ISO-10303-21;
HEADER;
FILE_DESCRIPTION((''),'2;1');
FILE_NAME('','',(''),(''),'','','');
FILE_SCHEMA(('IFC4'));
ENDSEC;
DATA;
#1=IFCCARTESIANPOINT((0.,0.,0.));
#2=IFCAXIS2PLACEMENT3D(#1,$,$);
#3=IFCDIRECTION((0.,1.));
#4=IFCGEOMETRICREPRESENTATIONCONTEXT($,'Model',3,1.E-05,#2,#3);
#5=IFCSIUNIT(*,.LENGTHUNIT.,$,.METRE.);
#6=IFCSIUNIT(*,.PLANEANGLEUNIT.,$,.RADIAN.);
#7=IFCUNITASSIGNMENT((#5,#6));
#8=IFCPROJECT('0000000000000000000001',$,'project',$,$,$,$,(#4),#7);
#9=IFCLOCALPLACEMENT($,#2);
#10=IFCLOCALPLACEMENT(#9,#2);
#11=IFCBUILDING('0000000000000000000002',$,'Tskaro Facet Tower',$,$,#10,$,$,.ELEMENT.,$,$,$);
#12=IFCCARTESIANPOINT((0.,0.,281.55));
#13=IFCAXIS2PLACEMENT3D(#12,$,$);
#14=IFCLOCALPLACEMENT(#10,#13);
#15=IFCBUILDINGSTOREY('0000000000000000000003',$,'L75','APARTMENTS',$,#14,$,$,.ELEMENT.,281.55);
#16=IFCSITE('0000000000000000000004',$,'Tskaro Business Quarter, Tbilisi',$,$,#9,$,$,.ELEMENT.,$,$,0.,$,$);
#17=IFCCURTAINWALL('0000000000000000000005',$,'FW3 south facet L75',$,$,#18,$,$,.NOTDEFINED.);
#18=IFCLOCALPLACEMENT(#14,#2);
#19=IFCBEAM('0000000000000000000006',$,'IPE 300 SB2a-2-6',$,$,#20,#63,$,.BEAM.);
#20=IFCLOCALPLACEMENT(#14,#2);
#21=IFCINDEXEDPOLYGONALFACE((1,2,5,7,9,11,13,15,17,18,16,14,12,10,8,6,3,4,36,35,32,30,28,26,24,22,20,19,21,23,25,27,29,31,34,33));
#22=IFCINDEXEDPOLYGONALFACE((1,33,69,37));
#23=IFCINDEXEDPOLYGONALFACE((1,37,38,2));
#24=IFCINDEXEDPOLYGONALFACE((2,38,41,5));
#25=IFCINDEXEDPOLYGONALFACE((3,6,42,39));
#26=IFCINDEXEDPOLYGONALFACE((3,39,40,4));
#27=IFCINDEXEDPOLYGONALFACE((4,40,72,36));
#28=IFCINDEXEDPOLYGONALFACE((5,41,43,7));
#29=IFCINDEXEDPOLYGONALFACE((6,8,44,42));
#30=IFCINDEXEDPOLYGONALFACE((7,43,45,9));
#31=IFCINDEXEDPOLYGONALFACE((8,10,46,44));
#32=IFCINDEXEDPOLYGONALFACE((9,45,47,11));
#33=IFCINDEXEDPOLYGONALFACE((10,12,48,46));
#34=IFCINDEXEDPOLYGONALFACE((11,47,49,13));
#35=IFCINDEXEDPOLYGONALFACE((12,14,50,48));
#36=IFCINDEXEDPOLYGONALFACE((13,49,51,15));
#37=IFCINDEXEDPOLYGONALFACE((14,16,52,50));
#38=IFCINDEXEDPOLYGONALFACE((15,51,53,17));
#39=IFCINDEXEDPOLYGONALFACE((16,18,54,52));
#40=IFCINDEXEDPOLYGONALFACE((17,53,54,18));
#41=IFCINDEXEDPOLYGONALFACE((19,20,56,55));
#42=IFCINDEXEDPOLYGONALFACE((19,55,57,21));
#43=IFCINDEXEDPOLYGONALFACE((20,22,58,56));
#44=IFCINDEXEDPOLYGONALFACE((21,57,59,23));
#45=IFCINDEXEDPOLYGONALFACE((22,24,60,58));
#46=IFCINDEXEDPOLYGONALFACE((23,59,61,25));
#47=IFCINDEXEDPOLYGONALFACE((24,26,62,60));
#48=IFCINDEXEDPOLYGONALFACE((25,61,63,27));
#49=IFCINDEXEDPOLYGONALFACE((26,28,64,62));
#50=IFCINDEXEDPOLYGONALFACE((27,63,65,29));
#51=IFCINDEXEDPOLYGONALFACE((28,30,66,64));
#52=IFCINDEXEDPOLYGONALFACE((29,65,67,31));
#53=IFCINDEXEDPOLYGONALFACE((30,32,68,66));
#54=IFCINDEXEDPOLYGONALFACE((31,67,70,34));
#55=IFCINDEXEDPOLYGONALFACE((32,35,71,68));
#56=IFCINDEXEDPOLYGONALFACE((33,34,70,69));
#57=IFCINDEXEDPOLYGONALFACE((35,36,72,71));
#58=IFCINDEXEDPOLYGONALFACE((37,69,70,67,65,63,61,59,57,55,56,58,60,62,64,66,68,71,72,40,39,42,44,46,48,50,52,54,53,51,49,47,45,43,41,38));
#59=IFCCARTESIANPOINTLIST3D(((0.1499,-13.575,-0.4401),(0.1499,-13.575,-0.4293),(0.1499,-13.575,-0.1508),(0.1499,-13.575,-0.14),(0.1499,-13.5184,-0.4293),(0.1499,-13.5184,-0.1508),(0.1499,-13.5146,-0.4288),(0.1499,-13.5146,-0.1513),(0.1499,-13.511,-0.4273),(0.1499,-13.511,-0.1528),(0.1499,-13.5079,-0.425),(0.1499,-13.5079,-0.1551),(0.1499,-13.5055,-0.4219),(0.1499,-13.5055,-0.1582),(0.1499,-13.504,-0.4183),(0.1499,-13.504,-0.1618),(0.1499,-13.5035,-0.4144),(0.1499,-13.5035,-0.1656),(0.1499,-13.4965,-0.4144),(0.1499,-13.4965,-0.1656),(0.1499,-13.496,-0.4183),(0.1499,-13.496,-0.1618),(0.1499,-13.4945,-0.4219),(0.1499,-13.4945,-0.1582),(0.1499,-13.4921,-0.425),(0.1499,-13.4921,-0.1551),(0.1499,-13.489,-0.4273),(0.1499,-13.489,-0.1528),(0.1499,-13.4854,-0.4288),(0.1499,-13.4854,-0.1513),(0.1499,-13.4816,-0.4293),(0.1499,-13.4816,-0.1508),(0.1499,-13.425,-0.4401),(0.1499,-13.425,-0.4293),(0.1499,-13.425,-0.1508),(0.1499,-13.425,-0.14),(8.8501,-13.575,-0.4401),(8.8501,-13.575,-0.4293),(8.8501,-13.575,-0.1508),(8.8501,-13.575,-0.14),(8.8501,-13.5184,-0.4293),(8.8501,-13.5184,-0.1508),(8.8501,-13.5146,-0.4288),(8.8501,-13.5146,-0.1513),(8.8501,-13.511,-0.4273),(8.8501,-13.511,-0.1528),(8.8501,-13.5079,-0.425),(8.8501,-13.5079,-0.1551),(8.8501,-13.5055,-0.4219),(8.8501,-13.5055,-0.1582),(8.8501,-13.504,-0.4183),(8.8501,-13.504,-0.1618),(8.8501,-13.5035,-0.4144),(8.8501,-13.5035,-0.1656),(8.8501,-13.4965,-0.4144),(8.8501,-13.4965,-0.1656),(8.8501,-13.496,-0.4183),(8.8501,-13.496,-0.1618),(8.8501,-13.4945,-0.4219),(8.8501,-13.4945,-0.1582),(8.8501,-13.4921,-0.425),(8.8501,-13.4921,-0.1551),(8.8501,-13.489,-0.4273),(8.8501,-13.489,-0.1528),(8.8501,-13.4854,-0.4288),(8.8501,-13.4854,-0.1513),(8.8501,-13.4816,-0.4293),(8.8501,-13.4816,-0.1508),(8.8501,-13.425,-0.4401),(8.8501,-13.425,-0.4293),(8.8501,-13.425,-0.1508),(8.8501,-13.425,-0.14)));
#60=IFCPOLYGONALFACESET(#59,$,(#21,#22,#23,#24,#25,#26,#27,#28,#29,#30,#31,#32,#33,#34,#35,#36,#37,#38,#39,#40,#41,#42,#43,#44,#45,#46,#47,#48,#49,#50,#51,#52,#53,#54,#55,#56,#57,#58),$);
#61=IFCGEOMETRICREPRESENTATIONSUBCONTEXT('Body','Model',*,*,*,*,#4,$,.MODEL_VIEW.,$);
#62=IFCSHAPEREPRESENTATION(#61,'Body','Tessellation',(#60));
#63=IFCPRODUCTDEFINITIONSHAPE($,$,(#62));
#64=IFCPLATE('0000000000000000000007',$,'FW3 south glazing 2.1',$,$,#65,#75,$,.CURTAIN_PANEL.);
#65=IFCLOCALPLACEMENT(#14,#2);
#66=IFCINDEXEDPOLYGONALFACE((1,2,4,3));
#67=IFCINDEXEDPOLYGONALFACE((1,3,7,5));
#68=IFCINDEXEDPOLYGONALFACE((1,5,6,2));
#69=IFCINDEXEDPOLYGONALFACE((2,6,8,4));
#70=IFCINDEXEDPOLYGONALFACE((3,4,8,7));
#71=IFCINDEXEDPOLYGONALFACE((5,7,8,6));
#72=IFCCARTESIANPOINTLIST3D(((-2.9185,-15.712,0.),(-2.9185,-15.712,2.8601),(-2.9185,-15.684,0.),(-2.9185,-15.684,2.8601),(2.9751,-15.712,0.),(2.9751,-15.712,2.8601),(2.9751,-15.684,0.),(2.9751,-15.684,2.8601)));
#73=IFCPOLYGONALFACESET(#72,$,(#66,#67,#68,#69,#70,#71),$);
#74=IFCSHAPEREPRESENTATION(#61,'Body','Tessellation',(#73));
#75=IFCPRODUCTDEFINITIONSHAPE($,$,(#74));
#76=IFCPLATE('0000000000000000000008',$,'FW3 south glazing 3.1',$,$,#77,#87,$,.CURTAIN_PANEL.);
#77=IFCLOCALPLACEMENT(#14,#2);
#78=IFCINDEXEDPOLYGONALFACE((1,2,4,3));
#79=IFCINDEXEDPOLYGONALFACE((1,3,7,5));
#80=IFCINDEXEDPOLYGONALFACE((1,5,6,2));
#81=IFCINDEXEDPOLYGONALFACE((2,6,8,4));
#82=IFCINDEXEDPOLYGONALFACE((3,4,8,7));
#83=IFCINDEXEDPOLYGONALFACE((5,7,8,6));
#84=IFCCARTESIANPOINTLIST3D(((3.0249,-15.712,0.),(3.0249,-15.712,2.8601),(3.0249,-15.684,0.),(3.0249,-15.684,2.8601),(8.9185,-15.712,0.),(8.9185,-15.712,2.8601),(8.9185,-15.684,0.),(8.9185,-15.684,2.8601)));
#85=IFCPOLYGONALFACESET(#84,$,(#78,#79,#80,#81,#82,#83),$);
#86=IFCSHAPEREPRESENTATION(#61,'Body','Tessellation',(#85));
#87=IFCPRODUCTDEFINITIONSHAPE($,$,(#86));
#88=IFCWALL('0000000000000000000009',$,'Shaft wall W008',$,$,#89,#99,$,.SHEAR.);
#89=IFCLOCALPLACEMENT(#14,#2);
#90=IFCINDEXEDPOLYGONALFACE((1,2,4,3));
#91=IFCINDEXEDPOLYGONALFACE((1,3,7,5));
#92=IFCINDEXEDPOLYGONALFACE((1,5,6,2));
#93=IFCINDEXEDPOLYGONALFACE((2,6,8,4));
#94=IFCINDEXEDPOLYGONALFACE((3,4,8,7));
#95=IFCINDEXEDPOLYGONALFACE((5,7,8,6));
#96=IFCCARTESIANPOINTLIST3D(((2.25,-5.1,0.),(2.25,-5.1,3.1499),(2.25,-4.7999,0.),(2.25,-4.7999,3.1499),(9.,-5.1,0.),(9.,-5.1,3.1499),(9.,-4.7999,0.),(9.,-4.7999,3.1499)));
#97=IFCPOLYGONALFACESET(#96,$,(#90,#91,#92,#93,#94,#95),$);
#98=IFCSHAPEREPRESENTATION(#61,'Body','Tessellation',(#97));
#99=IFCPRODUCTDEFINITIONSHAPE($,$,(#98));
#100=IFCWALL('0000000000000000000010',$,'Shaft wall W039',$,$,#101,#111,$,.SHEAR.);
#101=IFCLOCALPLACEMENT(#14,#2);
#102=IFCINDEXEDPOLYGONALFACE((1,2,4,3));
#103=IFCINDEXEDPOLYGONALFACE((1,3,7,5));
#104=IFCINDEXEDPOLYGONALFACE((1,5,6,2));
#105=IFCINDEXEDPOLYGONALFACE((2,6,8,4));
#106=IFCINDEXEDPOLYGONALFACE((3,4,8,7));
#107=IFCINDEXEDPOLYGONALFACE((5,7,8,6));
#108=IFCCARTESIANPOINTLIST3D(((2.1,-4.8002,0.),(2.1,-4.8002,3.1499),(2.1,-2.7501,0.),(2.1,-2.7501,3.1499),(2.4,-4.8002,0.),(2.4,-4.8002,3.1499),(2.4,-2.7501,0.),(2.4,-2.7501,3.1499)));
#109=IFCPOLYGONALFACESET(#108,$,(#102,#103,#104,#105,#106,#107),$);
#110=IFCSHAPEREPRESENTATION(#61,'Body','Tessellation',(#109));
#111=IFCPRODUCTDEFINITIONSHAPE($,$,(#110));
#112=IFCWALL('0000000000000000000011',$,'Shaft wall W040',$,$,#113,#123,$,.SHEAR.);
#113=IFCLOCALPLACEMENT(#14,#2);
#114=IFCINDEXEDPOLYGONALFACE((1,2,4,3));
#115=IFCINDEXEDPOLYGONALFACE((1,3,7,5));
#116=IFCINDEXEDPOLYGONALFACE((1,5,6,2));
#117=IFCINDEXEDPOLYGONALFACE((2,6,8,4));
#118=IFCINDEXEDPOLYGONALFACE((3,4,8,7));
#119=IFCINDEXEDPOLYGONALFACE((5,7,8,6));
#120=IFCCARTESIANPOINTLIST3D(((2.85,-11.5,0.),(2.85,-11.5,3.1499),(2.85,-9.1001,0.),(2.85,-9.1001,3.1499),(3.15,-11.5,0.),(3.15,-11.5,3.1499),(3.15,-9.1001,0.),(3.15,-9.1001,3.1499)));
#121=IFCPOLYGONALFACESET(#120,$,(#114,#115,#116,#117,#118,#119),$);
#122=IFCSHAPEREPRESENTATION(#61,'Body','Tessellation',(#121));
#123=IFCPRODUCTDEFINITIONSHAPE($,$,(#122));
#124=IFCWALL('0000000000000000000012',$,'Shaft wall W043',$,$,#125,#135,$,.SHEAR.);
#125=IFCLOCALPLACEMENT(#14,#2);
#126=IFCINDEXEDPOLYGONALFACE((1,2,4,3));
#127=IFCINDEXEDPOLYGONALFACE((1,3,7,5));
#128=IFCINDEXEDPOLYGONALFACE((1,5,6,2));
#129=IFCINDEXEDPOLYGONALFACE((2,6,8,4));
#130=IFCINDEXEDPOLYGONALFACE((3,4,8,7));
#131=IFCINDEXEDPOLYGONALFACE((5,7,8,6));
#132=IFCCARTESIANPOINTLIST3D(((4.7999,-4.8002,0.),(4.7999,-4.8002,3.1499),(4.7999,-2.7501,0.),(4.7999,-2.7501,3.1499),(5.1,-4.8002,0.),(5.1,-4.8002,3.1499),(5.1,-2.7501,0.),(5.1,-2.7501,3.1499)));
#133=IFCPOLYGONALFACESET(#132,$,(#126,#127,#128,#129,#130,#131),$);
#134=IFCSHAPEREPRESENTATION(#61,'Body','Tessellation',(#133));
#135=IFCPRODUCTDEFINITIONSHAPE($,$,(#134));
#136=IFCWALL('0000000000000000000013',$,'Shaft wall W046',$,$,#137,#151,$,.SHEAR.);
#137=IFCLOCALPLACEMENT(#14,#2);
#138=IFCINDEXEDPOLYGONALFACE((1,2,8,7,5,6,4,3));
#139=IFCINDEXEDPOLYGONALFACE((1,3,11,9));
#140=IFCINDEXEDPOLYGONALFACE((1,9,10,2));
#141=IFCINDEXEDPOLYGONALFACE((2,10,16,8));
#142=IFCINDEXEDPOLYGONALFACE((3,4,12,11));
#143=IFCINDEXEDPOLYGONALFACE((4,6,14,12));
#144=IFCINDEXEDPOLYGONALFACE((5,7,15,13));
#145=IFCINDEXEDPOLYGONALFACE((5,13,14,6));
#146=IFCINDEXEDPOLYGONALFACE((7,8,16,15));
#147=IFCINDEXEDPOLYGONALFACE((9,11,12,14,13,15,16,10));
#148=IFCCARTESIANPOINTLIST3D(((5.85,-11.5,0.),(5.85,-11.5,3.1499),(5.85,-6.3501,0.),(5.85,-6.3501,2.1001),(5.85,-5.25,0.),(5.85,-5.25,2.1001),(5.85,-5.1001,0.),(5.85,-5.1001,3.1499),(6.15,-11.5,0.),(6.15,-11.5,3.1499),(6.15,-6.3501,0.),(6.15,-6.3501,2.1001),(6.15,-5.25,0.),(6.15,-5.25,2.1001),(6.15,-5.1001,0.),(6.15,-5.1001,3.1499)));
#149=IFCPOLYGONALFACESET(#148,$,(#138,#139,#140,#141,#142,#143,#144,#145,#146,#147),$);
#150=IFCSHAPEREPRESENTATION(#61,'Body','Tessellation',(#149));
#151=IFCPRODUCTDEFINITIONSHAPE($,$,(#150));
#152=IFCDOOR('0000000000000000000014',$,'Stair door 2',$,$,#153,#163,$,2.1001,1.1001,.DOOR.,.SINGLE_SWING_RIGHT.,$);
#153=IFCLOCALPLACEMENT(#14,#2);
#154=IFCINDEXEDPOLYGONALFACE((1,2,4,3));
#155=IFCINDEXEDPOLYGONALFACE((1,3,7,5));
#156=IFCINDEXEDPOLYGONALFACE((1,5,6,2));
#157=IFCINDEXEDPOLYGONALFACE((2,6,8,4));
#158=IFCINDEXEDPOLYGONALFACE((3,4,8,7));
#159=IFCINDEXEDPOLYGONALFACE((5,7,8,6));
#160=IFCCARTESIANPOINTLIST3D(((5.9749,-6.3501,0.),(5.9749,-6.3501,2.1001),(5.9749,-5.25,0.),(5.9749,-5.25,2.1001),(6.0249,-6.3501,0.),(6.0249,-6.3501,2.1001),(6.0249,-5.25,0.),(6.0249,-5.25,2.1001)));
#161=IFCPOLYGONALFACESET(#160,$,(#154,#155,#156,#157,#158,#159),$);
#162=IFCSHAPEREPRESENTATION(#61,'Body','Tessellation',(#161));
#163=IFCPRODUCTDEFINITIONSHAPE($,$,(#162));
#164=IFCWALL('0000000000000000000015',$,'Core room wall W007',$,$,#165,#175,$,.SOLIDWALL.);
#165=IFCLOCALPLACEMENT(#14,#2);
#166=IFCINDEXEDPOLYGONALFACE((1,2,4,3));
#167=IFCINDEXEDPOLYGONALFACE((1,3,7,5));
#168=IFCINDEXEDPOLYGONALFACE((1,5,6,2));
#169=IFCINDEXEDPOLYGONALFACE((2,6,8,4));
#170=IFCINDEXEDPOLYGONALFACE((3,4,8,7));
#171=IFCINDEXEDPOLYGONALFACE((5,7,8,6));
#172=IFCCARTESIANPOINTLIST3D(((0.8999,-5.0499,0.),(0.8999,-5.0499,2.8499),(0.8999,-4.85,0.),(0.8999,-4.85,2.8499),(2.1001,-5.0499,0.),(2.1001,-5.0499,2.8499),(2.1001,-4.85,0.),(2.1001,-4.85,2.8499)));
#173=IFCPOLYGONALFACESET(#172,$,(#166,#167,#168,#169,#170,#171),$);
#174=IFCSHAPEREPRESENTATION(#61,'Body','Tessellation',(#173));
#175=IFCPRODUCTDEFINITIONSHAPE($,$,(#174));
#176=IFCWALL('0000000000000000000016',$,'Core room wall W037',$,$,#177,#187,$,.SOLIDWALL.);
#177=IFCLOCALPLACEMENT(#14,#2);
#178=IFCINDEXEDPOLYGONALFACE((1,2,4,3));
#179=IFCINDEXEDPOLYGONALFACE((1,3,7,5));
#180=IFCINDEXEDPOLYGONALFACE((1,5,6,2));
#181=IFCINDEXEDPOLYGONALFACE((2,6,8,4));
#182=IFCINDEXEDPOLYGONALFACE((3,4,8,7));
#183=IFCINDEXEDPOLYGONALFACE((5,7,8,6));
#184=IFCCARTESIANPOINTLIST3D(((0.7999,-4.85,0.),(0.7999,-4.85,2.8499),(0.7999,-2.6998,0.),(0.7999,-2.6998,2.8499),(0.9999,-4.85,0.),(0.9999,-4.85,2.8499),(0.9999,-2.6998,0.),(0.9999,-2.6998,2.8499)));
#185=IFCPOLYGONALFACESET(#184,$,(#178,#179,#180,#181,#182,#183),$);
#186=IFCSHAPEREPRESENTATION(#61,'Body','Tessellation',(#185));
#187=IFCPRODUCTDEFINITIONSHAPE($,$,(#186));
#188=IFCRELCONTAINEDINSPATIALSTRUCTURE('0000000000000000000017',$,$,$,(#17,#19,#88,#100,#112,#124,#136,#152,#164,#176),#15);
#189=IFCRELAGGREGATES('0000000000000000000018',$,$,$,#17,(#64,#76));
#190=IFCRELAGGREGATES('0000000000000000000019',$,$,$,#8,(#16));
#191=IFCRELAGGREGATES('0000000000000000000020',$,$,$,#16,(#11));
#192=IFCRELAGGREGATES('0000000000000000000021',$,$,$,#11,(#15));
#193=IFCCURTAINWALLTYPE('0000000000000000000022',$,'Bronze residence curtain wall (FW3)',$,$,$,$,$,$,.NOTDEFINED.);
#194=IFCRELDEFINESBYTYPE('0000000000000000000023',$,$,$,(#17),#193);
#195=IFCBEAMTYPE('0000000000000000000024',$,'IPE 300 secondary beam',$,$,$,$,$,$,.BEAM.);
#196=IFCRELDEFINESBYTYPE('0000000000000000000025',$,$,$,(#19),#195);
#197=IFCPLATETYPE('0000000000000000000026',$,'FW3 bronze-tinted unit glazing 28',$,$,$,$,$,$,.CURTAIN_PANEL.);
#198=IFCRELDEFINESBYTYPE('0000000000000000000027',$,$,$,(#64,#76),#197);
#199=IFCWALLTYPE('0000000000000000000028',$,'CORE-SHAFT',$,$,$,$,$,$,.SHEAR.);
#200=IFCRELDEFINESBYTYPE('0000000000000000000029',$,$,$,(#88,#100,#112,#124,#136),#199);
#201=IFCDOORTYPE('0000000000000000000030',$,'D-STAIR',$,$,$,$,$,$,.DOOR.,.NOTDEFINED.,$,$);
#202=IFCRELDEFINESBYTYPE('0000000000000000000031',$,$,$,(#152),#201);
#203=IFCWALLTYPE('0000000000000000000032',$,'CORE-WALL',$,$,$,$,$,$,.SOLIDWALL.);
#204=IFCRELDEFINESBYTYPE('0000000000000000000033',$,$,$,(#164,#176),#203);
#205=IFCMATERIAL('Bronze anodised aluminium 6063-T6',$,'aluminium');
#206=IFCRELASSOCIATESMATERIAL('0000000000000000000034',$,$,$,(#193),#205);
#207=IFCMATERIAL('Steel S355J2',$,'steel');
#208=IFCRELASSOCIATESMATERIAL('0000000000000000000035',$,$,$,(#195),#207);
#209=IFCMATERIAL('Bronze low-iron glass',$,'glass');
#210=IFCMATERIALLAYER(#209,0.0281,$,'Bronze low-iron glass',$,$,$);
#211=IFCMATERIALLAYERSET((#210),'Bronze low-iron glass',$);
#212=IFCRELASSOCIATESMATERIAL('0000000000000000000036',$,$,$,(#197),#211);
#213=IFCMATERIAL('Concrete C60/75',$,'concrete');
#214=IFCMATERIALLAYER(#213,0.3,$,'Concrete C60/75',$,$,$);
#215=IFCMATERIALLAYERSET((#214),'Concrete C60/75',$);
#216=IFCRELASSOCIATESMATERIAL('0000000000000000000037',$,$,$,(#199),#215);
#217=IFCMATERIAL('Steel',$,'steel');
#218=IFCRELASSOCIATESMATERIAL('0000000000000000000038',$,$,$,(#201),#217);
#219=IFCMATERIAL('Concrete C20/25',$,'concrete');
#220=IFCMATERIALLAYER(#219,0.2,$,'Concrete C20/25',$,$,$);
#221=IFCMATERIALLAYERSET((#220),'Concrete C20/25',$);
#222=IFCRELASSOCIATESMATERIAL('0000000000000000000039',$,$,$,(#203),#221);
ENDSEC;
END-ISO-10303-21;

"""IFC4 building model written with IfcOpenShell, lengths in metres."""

from ifc_helpers import new_model, si_unit, direction, frame, frame_2d, origin, origin_2d, place, context, subcontext, project, spatial, rectangle, i_section, extrude, material, layer, layer_set, material_profile, profile_set, type_object, element, fill, aggregate, save


model = new_model("IFC4")

# Units and contexts
model_context = context("Model", 3, precision=1e-05, world=origin(), true_north=direction((0.0, 1.0)))
body_context = subcontext(model_context, "Body", "Model", "MODEL_VIEW")
ifc_project = project(units=[si_unit("LENGTHUNIT", "METRE"), si_unit("PLANEANGLEUNIT", "RADIAN")], contexts=[model_context])

# Site, building, storey
site_placement = place(None, origin())
site = spatial("IfcSite", under=ifc_project, at=site_placement, Name="Tskaro Business Quarter, Tbilisi", CompositionType="ELEMENT", RefElevation=0.0)
building_placement = place(site_placement, origin())
building = spatial("IfcBuilding", under=site, at=building_placement, Name="Tskaro Facet Tower", CompositionType="ELEMENT")
storey_placement = place(building_placement, frame((0.0, 0.0, 281.55)))
storey = spatial("IfcBuildingStorey", under=building, at=storey_placement, Name="L75", Description="APARTMENTS", CompositionType="ELEMENT", Elevation=281.55)

# Shared definitions
ifc_material_1 = material(Name="Steel S355J2", Category="steel")

# Curtain wall
ifc_material_2 = material(Name="Bronze anodised aluminium 6063-T6", Category="aluminium")
curtain_wall_type = type_object("IfcCurtainWallType", Name="Bronze residence curtain wall (FW3)", PredefinedType="NOTDEFINED", material=ifc_material_2)
curtain_wall_placement = place(storey_placement, origin())
curtain_wall = element("IfcCurtainWall", 1, at=curtain_wall_placement, inside=storey, type_object=curtain_wall_type, Name="FW3 south facet L75", PredefinedType="NOTDEFINED")

# Beam
ifc_material_profile_1 = material_profile(ifc_material_1, i_section(OverallWidth=0.1499, OverallDepth=0.3, WebThickness=0.0071, FlangeThickness=0.0107, FilletRadius=0.0149, at=origin_2d()), Name="IPE 300")
ifc_profile_set_1 = profile_set([ifc_material_profile_1], Name="Steel S355J2")
beam_type_1 = type_object("IfcBeamType", Name="IPE 300 secondary beam", PredefinedType="BEAM", material=ifc_profile_set_1)
beam_1_placement = place(storey_placement, frame((0.1499, -13.5, -0.29), z_axis=(1.0, 0.0, 0.0), x_axis=(0.0, 1.0, 0.0)))
element("IfcBeam", 2, at=beam_1_placement, inside=storey, type_object=beam_type_1, Name="IPE 300 SB2a-2-6", PredefinedType="BEAM", context=body_context, shape_type="SweptSolid", body=[
    extrude(i_section(OverallWidth=0.1499, OverallDepth=0.3, WebThickness=0.0071, FlangeThickness=0.0107, FilletRadius=0.0149, at=origin_2d()), origin(), (0.0, 0.0, 1.0), 8.7002),
])

# Plates
ifc_material_3 = material(Name="Bronze low-iron glass", Category="glass")
ifc_layer_1 = layer(ifc_material_3, 0.0281, Name="Bronze low-iron glass")
ifc_layer_set_1 = layer_set([ifc_layer_1], Name="Bronze low-iron glass")
plate_type = type_object("IfcPlateType", Name="FW3 bronze-tinted unit glazing 28", PredefinedType="CURTAIN_PANEL", material=ifc_layer_set_1)
plate_1_placement = place(storey_placement, frame((0.0283, -15.698, 0.0), z_axis=(0.0, 0.0, 1.0), x_axis=(1.0, 0.0, 0.0)))
plate_1 = element("IfcPlate", 3, at=plate_1_placement, type_object=plate_type, Name="FW3 south glazing 2.1", PredefinedType="CURTAIN_PANEL", context=body_context, shape_type="SweptSolid", body=[
    extrude(rectangle(XDim=5.8936, YDim=0.0281, at=origin_2d()), origin(), (0.0, 0.0, 1.0), 2.8601),
])
plate_2_placement = place(storey_placement, frame((5.9717, -15.698, 0.0), z_axis=(0.0, 0.0, 1.0), x_axis=(1.0, 0.0, 0.0)))
plate_2 = element("IfcPlate", 4, at=plate_2_placement, type_object=plate_type, Name="FW3 south glazing 3.1", PredefinedType="CURTAIN_PANEL", context=body_context, shape_type="SweptSolid", body=[
    extrude(rectangle(XDim=5.8936, YDim=0.0281, at=origin_2d()), origin(), (0.0, 0.0, 1.0), 2.8601),
])
aggregate(curtain_wall, [plate_1, plate_2])

# Walls
ifc_material_4 = material(Name="Concrete C60/75", Category="concrete")
ifc_layer_2 = layer(ifc_material_4, 0.3, Name="Concrete C60/75")
ifc_layer_set_2 = layer_set([ifc_layer_2], Name="Concrete C60/75")
wall_type_1 = type_object("IfcWallType", Name="CORE-SHAFT", PredefinedType="SHEAR", material=ifc_layer_set_2)
wall_1_placement = place(storey_placement, frame((2.25, -4.95, 0.0), z_axis=(0.0, 0.0, 1.0), x_axis=(1.0, 0.0, 0.0)))
element("IfcWall", 5, at=wall_1_placement, inside=storey, type_object=wall_type_1, Name="Shaft wall W008", PredefinedType="SHEAR", context=body_context, shape_type="SweptSolid", body=[
    extrude(rectangle(XDim=6.75, YDim=0.3, at=frame_2d((3.375, 0.0))), origin(), (0.0, 0.0, 1.0), 3.1499),
])
wall_2_placement = place(storey_placement, frame((2.25, -4.8, 0.0), z_axis=(0.0, 0.0, 1.0), x_axis=(0.0, 1.0, 0.0)))
element("IfcWall", 6, at=wall_2_placement, inside=storey, type_object=wall_type_1, Name="Shaft wall W039", PredefinedType="SHEAR", context=body_context, shape_type="SweptSolid", body=[
    extrude(rectangle(XDim=2.05, YDim=0.3, at=frame_2d((1.0249, 0.0))), origin(), (0.0, 0.0, 1.0), 3.1499),
])
wall_3_placement = place(storey_placement, frame((3.0, -11.5, 0.0), z_axis=(0.0, 0.0, 1.0), x_axis=(0.0, 1.0, 0.0)))
element("IfcWall", 7, at=wall_3_placement, inside=storey, type_object=wall_type_1, Name="Shaft wall W040", PredefinedType="SHEAR", context=body_context, shape_type="SweptSolid", body=[
    extrude(rectangle(XDim=2.3999, YDim=0.3, at=frame_2d((1.2, 0.0))), origin(), (0.0, 0.0, 1.0), 3.1499),
])
wall_4_placement = place(storey_placement, frame((4.95, -4.8, 0.0), z_axis=(0.0, 0.0, 1.0), x_axis=(0.0, 1.0, 0.0)))
element("IfcWall", 8, at=wall_4_placement, inside=storey, type_object=wall_type_1, Name="Shaft wall W043", PredefinedType="SHEAR", context=body_context, shape_type="SweptSolid", body=[
    extrude(rectangle(XDim=2.05, YDim=0.3, at=frame_2d((1.0249, 0.0))), origin(), (0.0, 0.0, 1.0), 3.1499),
])

# Wall, opening, door
wall_5_placement = place(storey_placement, frame((6.0, -5.1001, 0.0), z_axis=(0.0, 0.0, 1.0), x_axis=(0.0, -1.0, 0.0)))
wall_5 = element("IfcWall", 9, at=wall_5_placement, inside=storey, type_object=wall_type_1, Name="Shaft wall W046", PredefinedType="SHEAR", context=body_context, shape_type="SweptSolid", body=[
    extrude(rectangle(XDim=6.3999, YDim=0.3, at=frame_2d((3.2, 0.0))), origin(), (0.0, 0.0, 1.0), 3.1499),
])
opening_placement = place(wall_5_placement, frame((0.1499, 0.0, 0.0)))
opening = element("IfcOpeningElement", 10, at=opening_placement, cuts=wall_5, PredefinedType="OPENING", context=body_context, shape_type="SweptSolid", body=[
    extrude(rectangle(XDim=1.1001, YDim=2.1001, at=frame_2d((0.55, 1.05))), frame((0.0, 0.1599, 0.0), z_axis=(0.0, -1.0, 0.0), x_axis=(1.0, 0.0, 0.0)), (0.0, 0.0, 1.0), 0.3201),
])
ifc_material_5 = material(Name="Steel", Category="steel")
door_type = type_object("IfcDoorType", Name="D-STAIR", OperationType="NOTDEFINED", PredefinedType="DOOR", material=ifc_material_5)
door_placement = place(opening_placement, origin())
door = element("IfcDoor", 11, at=door_placement, inside=storey, type_object=door_type, Name="Stair door 2", OperationType="SINGLE_SWING_RIGHT", OverallHeight=2.1001, OverallWidth=1.1001, PredefinedType="DOOR", context=body_context, shape_type="SweptSolid", body=[
    extrude(rectangle(XDim=1.1001, YDim=2.1001, at=frame_2d((0.55, 1.05))), frame((0.0, 0.0249, 0.0), z_axis=(0.0, -1.0, 0.0), x_axis=(1.0, 0.0, 0.0)), (0.0, 0.0, 1.0), 0.05),
])
fill(opening, door)

# Walls
ifc_material_6 = material(Name="Concrete C20/25", Category="concrete")
ifc_layer_3 = layer(ifc_material_6, 0.2, Name="Concrete C20/25")
ifc_layer_set_3 = layer_set([ifc_layer_3], Name="Concrete C20/25")
wall_type_2 = type_object("IfcWallType", Name="CORE-WALL", PredefinedType="SOLIDWALL", material=ifc_layer_set_3)
wall_6_placement = place(storey_placement, frame((0.8999, -4.95, 0.0), z_axis=(0.0, 0.0, 1.0), x_axis=(1.0, 0.0, 0.0)))
element("IfcWall", 12, at=wall_6_placement, inside=storey, type_object=wall_type_2, Name="Core room wall W007", PredefinedType="SOLIDWALL", context=body_context, shape_type="SweptSolid", body=[
    extrude(rectangle(XDim=1.2002, YDim=0.2, at=frame_2d((0.6001, 0.0))), origin(), (0.0, 0.0, 1.0), 2.8499),
])
wall_7_placement = place(storey_placement, frame((0.8999, -4.8501, 0.0), z_axis=(0.0, 0.0, 1.0), x_axis=(0.0, 1.0, 0.0)))
element("IfcWall", 13, at=wall_7_placement, inside=storey, type_object=wall_type_2, Name="Core room wall W037", PredefinedType="SOLIDWALL", context=body_context, shape_type="SweptSolid", body=[
    extrude(rectangle(XDim=2.1501, YDim=0.2, at=frame_2d((1.0752, 0.0))), origin(), (0.0, 0.0, 1.0), 2.8499),
])

save(model, "model.ifc")
